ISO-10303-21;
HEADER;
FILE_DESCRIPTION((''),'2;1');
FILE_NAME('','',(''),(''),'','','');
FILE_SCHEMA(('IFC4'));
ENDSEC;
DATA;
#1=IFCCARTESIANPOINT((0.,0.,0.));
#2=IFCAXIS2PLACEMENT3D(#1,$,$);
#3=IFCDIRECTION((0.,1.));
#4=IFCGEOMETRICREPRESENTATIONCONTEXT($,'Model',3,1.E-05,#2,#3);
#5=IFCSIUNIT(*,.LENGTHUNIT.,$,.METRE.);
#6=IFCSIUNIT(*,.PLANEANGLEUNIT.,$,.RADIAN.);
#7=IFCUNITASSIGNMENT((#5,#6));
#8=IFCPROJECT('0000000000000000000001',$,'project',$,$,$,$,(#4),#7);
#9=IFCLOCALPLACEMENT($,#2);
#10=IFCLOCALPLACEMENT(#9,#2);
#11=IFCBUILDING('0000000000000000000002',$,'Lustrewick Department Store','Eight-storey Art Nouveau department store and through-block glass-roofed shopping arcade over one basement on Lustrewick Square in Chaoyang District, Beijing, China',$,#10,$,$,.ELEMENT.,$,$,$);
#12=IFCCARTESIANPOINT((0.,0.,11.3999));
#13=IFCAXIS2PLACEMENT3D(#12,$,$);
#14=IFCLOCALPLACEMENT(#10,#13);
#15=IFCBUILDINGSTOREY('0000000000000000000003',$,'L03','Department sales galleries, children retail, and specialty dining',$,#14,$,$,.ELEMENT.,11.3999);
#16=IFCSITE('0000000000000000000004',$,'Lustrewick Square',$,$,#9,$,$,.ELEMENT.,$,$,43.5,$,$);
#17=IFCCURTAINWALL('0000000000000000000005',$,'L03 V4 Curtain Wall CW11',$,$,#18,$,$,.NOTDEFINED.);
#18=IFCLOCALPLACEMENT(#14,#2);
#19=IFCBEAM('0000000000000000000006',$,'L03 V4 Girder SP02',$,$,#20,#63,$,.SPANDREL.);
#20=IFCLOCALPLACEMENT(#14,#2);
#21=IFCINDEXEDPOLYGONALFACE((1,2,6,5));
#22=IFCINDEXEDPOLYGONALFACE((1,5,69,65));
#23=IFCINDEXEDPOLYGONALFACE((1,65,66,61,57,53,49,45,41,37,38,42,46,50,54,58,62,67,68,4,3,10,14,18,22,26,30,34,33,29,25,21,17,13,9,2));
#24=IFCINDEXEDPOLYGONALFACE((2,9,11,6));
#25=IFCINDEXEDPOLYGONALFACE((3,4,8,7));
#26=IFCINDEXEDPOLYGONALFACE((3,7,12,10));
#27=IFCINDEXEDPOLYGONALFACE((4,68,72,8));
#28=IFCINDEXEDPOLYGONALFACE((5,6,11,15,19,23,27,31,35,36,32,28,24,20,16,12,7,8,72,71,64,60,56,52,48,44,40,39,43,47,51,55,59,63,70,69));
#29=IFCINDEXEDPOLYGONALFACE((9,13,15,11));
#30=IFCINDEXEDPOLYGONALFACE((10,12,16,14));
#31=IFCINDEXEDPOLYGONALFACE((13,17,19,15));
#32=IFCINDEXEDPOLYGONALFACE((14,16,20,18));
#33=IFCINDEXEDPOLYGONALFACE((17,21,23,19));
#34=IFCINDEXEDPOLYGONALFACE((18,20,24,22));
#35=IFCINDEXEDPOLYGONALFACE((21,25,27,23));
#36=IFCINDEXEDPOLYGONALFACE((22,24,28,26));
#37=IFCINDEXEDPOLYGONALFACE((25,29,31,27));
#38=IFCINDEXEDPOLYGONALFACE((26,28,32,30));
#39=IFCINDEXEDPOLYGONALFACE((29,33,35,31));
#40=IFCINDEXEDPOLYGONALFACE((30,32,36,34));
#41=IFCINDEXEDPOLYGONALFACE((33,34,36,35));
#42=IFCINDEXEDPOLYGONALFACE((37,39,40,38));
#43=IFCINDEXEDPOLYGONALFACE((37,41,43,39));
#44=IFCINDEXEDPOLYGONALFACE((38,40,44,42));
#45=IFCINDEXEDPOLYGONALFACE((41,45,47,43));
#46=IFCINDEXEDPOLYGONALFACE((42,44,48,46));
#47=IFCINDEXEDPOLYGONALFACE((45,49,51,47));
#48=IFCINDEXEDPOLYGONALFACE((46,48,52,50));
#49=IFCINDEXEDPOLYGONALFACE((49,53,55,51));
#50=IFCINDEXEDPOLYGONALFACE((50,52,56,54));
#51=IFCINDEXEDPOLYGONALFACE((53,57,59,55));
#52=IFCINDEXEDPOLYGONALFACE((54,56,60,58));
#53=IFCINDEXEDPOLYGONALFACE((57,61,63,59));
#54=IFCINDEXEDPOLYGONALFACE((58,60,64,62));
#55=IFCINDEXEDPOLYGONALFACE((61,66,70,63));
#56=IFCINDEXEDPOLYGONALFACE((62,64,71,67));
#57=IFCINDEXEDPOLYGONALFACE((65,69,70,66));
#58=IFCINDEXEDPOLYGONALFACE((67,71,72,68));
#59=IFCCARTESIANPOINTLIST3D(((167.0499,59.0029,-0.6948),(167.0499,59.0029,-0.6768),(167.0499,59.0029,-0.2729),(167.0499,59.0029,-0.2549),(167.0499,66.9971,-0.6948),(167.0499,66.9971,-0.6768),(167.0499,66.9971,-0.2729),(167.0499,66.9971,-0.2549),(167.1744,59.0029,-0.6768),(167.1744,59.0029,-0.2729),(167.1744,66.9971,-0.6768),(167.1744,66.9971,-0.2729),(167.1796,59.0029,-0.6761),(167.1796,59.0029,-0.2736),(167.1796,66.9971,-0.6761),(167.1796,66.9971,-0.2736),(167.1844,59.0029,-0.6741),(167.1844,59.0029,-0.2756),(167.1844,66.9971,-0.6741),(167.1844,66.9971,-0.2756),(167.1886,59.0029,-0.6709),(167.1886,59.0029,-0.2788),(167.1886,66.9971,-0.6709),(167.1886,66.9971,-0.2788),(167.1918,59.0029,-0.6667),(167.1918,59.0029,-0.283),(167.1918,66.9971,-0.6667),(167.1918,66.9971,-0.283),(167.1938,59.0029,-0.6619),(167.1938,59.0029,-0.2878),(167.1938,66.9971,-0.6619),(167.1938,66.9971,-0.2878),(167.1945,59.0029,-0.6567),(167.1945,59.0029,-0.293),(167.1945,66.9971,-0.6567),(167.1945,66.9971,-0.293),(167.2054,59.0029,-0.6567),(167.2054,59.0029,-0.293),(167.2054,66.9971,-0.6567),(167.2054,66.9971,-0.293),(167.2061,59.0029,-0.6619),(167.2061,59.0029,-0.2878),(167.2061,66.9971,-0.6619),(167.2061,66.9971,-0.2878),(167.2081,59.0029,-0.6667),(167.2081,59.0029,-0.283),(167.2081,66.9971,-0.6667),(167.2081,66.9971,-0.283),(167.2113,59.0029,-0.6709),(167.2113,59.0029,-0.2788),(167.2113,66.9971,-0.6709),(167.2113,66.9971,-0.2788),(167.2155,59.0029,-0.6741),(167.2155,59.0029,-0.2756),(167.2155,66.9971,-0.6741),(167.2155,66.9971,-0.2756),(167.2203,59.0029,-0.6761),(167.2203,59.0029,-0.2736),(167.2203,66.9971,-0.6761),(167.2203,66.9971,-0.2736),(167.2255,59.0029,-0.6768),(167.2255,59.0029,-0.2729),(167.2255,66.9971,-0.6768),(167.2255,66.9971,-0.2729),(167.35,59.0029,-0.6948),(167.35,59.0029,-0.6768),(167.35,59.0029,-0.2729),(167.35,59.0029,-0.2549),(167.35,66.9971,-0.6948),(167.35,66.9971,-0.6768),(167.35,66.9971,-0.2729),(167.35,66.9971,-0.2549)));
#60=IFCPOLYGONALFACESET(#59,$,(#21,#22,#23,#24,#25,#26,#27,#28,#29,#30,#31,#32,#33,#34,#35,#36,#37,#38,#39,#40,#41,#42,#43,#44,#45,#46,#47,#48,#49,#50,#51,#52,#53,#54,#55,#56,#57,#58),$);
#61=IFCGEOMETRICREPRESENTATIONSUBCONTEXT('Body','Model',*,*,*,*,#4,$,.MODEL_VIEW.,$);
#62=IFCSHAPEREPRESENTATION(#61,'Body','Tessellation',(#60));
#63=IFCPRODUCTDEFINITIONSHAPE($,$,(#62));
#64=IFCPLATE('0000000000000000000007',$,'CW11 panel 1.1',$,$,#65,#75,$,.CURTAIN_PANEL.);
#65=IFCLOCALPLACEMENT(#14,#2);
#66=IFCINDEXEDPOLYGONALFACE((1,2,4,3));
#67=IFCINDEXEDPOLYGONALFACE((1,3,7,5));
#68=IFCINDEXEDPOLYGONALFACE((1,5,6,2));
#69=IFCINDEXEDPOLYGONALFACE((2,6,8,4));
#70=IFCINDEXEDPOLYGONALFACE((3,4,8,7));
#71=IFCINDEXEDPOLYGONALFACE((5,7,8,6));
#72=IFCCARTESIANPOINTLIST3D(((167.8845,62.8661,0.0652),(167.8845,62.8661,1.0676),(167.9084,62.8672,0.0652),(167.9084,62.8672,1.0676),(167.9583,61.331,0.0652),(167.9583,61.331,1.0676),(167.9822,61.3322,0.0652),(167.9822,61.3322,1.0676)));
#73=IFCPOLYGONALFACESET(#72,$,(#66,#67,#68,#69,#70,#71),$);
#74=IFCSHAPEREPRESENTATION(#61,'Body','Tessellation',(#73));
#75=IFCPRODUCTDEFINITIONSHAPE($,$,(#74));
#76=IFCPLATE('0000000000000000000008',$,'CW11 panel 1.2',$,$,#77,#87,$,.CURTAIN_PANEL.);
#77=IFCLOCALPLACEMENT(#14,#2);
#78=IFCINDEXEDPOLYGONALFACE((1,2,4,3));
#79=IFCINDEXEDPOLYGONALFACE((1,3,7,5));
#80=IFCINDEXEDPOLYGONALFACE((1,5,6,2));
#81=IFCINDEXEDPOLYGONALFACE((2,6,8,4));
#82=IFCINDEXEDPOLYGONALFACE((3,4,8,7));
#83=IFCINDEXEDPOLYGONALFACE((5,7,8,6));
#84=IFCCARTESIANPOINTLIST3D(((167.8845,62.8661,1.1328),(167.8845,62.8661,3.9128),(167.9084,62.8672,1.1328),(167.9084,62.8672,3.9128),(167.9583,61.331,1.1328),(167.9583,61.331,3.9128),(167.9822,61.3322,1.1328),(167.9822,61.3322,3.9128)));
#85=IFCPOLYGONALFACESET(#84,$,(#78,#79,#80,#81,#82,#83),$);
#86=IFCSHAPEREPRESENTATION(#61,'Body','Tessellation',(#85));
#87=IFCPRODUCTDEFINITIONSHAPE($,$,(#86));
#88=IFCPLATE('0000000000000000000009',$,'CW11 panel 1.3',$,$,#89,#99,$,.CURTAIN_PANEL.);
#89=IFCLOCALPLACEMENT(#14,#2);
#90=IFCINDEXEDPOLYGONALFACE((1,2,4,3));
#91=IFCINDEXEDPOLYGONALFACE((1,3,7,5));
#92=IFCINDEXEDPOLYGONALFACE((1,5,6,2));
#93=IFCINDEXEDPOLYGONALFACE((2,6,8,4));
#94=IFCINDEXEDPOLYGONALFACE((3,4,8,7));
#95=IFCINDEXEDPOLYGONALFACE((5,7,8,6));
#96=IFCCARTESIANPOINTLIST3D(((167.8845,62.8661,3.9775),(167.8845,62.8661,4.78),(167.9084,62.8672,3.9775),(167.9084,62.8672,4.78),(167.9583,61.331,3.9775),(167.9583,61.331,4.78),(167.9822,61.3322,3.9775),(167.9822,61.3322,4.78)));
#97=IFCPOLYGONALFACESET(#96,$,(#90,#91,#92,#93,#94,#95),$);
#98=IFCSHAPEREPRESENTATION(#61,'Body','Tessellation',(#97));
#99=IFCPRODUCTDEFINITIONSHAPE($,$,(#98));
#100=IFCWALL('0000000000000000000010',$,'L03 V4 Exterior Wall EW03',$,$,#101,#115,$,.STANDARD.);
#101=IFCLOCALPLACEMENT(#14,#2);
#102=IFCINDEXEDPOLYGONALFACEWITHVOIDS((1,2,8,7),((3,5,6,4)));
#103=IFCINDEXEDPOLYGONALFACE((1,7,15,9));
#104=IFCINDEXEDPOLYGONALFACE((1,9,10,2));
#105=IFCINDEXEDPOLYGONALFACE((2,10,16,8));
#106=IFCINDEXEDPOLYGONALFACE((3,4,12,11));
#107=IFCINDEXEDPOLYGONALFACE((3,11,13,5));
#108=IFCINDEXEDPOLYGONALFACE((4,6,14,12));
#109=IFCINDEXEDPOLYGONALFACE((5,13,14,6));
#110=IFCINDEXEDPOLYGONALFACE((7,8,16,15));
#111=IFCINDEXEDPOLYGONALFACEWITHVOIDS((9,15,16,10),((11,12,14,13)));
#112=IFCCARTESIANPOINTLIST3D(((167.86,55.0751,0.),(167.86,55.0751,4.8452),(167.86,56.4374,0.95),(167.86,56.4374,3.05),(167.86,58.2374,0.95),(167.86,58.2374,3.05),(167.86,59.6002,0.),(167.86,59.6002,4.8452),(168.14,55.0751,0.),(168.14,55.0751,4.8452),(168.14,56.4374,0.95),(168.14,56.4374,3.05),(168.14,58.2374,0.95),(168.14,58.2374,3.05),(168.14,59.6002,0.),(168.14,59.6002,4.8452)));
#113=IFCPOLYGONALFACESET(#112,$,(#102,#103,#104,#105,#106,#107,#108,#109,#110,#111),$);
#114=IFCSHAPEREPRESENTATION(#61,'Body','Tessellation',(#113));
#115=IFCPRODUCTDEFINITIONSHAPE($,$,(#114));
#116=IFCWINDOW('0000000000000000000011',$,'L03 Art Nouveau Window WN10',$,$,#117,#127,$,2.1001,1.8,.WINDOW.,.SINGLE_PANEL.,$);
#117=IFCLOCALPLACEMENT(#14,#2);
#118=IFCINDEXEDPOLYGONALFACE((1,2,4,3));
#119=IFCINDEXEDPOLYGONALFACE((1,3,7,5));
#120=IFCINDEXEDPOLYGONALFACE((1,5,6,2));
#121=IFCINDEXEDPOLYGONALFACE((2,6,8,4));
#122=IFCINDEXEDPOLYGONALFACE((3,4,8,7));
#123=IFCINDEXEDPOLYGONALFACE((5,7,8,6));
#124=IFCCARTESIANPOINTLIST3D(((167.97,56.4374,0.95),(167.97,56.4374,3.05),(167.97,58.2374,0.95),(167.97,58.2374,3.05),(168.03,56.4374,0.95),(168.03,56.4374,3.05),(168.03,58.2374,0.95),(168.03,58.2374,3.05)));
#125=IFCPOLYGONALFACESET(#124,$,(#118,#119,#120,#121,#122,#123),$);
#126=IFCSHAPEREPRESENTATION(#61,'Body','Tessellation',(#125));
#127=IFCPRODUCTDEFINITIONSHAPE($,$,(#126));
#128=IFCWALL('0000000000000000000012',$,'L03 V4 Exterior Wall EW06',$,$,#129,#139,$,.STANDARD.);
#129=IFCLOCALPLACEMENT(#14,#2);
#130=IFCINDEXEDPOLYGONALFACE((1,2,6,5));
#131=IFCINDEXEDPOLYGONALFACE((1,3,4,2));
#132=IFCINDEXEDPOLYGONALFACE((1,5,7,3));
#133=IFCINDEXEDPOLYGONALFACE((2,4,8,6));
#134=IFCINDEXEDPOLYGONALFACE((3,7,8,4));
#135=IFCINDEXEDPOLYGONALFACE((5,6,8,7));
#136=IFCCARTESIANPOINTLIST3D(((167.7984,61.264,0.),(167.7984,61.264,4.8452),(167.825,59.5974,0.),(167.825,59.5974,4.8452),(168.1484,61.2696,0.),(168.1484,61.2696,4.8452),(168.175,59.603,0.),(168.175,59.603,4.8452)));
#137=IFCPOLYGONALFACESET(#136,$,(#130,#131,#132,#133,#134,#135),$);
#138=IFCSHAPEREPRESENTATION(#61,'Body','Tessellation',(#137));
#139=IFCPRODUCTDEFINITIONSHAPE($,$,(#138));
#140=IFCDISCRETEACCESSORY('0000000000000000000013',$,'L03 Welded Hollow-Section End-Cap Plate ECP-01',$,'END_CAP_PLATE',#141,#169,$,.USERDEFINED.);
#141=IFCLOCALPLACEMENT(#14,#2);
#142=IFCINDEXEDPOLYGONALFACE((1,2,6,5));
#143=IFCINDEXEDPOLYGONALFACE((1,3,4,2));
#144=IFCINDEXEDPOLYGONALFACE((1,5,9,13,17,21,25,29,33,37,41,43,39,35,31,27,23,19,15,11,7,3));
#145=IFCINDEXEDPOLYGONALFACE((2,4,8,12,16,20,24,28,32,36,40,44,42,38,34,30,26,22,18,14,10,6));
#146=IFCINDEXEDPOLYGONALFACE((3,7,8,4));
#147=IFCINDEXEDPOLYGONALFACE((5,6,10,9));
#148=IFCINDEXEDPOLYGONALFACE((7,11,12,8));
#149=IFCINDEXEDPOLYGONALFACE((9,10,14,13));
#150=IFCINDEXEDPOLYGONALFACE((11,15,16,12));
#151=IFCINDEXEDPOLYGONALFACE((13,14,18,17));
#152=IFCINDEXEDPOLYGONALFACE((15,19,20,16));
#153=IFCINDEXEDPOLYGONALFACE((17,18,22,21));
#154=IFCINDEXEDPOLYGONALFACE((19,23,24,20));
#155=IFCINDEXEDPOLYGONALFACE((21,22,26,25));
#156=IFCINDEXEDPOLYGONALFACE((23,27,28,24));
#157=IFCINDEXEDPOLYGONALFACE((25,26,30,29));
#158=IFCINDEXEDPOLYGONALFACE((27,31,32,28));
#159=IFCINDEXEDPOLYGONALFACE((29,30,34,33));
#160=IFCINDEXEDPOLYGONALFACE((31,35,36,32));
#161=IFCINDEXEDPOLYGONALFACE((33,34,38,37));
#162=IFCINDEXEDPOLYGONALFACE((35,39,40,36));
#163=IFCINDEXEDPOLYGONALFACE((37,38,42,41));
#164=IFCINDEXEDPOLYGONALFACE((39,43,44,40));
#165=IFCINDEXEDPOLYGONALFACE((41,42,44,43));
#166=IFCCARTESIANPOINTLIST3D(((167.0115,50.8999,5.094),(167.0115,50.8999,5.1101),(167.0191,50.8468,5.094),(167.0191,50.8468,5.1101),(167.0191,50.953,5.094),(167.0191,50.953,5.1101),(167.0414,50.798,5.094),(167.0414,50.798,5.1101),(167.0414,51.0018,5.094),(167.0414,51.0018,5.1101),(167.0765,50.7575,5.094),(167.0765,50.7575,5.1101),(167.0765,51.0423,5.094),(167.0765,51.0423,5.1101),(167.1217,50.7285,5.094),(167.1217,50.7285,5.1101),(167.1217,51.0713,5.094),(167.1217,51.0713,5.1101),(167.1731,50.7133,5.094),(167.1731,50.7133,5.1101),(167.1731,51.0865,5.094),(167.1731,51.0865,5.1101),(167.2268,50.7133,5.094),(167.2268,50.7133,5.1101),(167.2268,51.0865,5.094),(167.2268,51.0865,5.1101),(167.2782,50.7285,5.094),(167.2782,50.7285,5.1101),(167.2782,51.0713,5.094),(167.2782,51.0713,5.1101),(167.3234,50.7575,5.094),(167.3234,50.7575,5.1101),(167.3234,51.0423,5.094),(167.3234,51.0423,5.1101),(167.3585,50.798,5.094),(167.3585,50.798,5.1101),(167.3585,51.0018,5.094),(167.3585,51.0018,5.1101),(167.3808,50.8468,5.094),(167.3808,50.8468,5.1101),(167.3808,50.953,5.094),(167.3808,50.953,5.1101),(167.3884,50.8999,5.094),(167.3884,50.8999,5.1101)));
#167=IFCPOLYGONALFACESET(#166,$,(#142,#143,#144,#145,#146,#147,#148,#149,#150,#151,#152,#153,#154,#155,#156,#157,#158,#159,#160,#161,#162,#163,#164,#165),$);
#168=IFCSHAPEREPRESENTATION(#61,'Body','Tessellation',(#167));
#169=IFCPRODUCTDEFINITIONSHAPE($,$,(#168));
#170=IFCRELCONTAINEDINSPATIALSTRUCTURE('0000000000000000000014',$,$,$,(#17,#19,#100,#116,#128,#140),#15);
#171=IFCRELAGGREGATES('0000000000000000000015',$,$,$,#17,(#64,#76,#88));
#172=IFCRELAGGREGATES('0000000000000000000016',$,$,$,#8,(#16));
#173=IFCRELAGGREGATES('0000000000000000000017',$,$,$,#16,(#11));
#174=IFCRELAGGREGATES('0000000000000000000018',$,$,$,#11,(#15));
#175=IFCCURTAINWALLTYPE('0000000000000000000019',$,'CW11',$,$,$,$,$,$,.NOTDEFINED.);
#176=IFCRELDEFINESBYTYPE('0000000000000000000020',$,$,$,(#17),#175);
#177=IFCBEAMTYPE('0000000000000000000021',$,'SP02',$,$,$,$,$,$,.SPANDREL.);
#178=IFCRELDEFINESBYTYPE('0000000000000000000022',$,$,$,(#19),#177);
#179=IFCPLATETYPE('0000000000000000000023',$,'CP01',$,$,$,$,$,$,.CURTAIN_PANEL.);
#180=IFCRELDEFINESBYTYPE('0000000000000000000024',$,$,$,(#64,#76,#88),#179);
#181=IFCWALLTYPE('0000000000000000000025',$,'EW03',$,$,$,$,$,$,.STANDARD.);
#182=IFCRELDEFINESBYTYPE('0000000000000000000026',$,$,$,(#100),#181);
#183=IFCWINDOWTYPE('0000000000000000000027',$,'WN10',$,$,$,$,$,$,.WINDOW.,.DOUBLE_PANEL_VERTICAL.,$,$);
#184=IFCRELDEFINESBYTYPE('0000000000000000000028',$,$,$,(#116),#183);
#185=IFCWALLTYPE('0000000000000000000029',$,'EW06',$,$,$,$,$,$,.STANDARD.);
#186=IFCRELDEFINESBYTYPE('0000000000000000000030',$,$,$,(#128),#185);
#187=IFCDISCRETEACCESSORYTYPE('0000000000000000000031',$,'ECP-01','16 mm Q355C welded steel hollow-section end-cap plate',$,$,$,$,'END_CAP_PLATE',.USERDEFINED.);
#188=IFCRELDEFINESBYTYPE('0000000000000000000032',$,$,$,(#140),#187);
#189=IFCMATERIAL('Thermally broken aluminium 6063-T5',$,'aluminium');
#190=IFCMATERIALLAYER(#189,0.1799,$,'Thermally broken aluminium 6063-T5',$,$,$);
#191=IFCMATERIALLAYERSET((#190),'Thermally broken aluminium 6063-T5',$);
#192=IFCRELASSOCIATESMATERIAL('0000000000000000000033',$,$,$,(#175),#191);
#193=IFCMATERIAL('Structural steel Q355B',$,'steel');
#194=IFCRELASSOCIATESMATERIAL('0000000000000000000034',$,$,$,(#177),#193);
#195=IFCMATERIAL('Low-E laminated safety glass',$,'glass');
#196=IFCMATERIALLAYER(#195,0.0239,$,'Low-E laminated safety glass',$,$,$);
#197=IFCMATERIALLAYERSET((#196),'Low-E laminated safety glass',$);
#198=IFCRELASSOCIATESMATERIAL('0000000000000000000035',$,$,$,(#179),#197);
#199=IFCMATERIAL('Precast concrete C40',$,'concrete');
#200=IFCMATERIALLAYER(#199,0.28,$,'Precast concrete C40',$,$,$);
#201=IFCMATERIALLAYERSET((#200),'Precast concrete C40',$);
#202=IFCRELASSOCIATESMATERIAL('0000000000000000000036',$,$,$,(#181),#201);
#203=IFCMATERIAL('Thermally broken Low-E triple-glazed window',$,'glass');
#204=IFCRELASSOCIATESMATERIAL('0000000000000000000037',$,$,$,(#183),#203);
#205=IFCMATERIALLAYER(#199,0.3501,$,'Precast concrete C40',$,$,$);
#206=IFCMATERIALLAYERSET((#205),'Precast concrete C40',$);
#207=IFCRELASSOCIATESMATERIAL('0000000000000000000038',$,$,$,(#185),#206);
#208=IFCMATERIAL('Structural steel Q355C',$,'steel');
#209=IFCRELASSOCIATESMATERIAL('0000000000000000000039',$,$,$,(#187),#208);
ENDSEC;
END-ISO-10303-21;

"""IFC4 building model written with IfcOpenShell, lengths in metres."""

from ifc_helpers import new_model, si_unit, direction, frame, frame_2d, origin, origin_2d, place, context, subcontext, project, spatial, rectangle, circle, i_section, extrude, material, layer, layer_set, material_profile, profile_set, type_object, element, fill, aggregate, save


model = new_model("IFC4")

# Units and contexts
model_context = context("Model", 3, precision=1e-05, world=origin(), true_north=direction((0.0, 1.0)))
body_context = subcontext(model_context, "Body", "Model", "MODEL_VIEW")
ifc_project = project(units=[si_unit("LENGTHUNIT", "METRE"), si_unit("PLANEANGLEUNIT", "RADIAN")], contexts=[model_context])

# Site, building, storey
site_placement = place(None, origin())
site = spatial("IfcSite", under=ifc_project, at=site_placement, Name="Lustrewick Square", CompositionType="ELEMENT", RefElevation=43.5)
building_placement = place(site_placement, origin())
building = spatial("IfcBuilding", under=site, at=building_placement, Name="Lustrewick Department Store", Description="Eight-storey Art Nouveau department store and through-block glass-roofed shopping arcade over one basement on Lustrewick Square in Chaoyang District, Beijing, China", CompositionType="ELEMENT")
storey_placement = place(building_placement, frame((0.0, 0.0, 11.3999)))
storey = spatial("IfcBuildingStorey", under=building, at=storey_placement, Name="L03", Description="Department sales galleries, children retail, and specialty dining", CompositionType="ELEMENT", Elevation=11.3999)

# Shared definitions
ifc_material_1 = material(Name="Structural steel Q355B", Category="steel")
ifc_material_2 = material(Name="Structural steel Q355C", Category="steel")

# Curtain wall
ifc_material_3 = material(Name="Thermally broken aluminium 6063-T5", Category="aluminium")
ifc_layer_1 = layer(ifc_material_3, 0.1799, Name="Thermally broken aluminium 6063-T5")
ifc_layer_set_1 = layer_set([ifc_layer_1], Name="Thermally broken aluminium 6063-T5")
curtain_wall_type = type_object("IfcCurtainWallType", Name="CW11", PredefinedType="NOTDEFINED", material=ifc_layer_set_1)
curtain_wall_placement = place(storey_placement, origin())
curtain_wall = element("IfcCurtainWall", 1, at=curtain_wall_placement, inside=storey, type_object=curtain_wall_type, Name="L03 V4 Curtain Wall CW11", PredefinedType="NOTDEFINED")

# Beam
ifc_material_profile_1 = material_profile(ifc_material_1, i_section(OverallWidth=0.3, OverallDepth=0.4399, WebThickness=0.011, FlangeThickness=0.0181, FilletRadius=0.02, at=origin_2d()), Name="HM 440x300x11x18")
ifc_profile_set_1 = profile_set([ifc_material_profile_1], Name="Structural steel Q355B")
beam_type_1 = type_object("IfcBeamType", Name="SP02", PredefinedType="SPANDREL", material=ifc_profile_set_1)
beam_1_placement = place(storey_placement, frame((167.2, 59.0029, -0.4749), z_axis=(0.0, 1.0, 0.0), x_axis=(-1.0, 0.0, 0.0)))
element("IfcBeam", 2, at=beam_1_placement, inside=storey, type_object=beam_type_1, Name="L03 V4 Girder SP02", PredefinedType="SPANDREL", context=body_context, shape_type="SweptSolid", body=[
    extrude(i_section(OverallWidth=0.3, OverallDepth=0.4399, WebThickness=0.011, FlangeThickness=0.0181, FilletRadius=0.02, at=origin_2d()), origin(), (0.0, 0.0, 1.0), 7.9941),
])

# Plates
ifc_material_4 = material(Name="Low-E laminated safety glass", Category="glass")
ifc_layer_2 = layer(ifc_material_4, 0.0239, Name="Low-E laminated safety glass")
ifc_layer_set_2 = layer_set([ifc_layer_2], Name="Low-E laminated safety glass")
plate_type = type_object("IfcPlateType", Name="CP01", PredefinedType="CURTAIN_PANEL", material=ifc_layer_set_2)
plate_1_placement = place(storey_placement, frame((167.9333, 62.0991, 0.0652), z_axis=(0.0, 0.0, 1.0), x_axis=(-0.048053, 0.998845, 0.0)))
plate_1 = element("IfcPlate", 3, at=plate_1_placement, type_object=plate_type, Name="CW11 panel 1.1", PredefinedType="CURTAIN_PANEL", context=body_context, shape_type="SweptSolid", body=[
    extrude(rectangle(XDim=1.5369, YDim=0.0239, at=origin_2d()), origin(), (0.0, 0.0, 1.0), 1.0024),
])
plate_2_placement = place(storey_placement, frame((167.9333, 62.0991, 1.1328), z_axis=(0.0, 0.0, 1.0), x_axis=(-0.048053, 0.998845, 0.0)))
plate_2 = element("IfcPlate", 4, at=plate_2_placement, type_object=plate_type, Name="CW11 panel 1.2", PredefinedType="CURTAIN_PANEL", context=body_context, shape_type="SweptSolid", body=[
    extrude(rectangle(XDim=1.5369, YDim=0.0239, at=origin_2d()), origin(), (0.0, 0.0, 1.0), 2.78),
])
plate_3_placement = place(storey_placement, frame((167.9333, 62.0991, 3.9775), z_axis=(0.0, 0.0, 1.0), x_axis=(-0.048053, 0.998845, 0.0)))
plate_3 = element("IfcPlate", 5, at=plate_3_placement, type_object=plate_type, Name="CW11 panel 1.3", PredefinedType="CURTAIN_PANEL", context=body_context, shape_type="SweptSolid", body=[
    extrude(rectangle(XDim=1.5369, YDim=0.0239, at=origin_2d()), origin(), (0.0, 0.0, 1.0), 0.8025),
])
aggregate(curtain_wall, [plate_1, plate_2, plate_3])

# Wall, opening, window
ifc_material_5 = material(Name="Precast concrete C40", Category="concrete")
ifc_layer_3 = layer(ifc_material_5, 0.28, Name="Precast concrete C40")
ifc_layer_set_3 = layer_set([ifc_layer_3], Name="Precast concrete C40")
wall_type_1 = type_object("IfcWallType", Name="EW03", PredefinedType="STANDARD", material=ifc_layer_set_3)
wall_1_placement = place(storey_placement, frame((168.0, 55.075, 0.0), z_axis=(0.0, 0.0, 1.0), x_axis=(0.0, 1.0, 0.0)))
wall_1 = element("IfcWall", 6, at=wall_1_placement, inside=storey, type_object=wall_type_1, Name="L03 V4 Exterior Wall EW03", PredefinedType="STANDARD", context=body_context, shape_type="SweptSolid", body=[
    extrude(rectangle(XDim=4.5251, YDim=0.28, at=frame_2d((2.2627, 0.0))), origin(), (0.0, 0.0, 1.0), 4.8452),
])
opening_placement = place(wall_1_placement, frame((1.3625, 0.0, 0.95)))
opening = element("IfcOpeningElement", 7, at=opening_placement, cuts=wall_1, PredefinedType="OPENING", context=body_context, shape_type="SweptSolid", body=[
    extrude(rectangle(XDim=1.8, YDim=2.1001, at=frame_2d((0.8999, 1.05))), frame((0.0, 0.1499, 0.0), z_axis=(0.0, -1.0, 0.0), x_axis=(1.0, 0.0, 0.0)), (0.0, 0.0, 1.0), 0.3),
])
ifc_material_6 = material(Name="Thermally broken Low-E triple-glazed window", Category="glass")
window_type = type_object("IfcWindowType", Name="WN10", PartitioningType="DOUBLE_PANEL_VERTICAL", PredefinedType="WINDOW", material=ifc_material_6)
window_placement = place(opening_placement, origin())
window = element("IfcWindow", 8, at=window_placement, inside=storey, type_object=window_type, Name="L03 Art Nouveau Window WN10", OverallHeight=2.1001, OverallWidth=1.8, PartitioningType="SINGLE_PANEL", PredefinedType="WINDOW", context=body_context, shape_type="SweptSolid", body=[
    extrude(rectangle(XDim=1.8, YDim=2.1001, at=frame_2d((0.8999, 1.05))), frame((0.0, 0.03, 0.0), z_axis=(0.0, -1.0, 0.0), x_axis=(1.0, 0.0, 0.0)), (0.0, 0.0, 1.0), 0.0601),
])
fill(opening, window)

# Wall
ifc_layer_4 = layer(ifc_material_5, 0.3501, Name="Precast concrete C40")
ifc_layer_set_4 = layer_set([ifc_layer_4], Name="Precast concrete C40")
wall_type_2 = type_object("IfcWallType", Name="EW06", PredefinedType="STANDARD", material=ifc_layer_set_4)
wall_2_placement = place(storey_placement, frame((168.0, 59.6001, 0.0), z_axis=(0.0, 0.0, 1.0), x_axis=(-0.015966, 0.999873, 0.0)))
element("IfcWall", 9, at=wall_2_placement, inside=storey, type_object=wall_type_2, Name="L03 V4 Exterior Wall EW06", PredefinedType="STANDARD", context=body_context, shape_type="SweptSolid", body=[
    extrude(rectangle(XDim=1.6667, YDim=0.3501, at=frame_2d((0.8335, 0.0))), origin(), (0.0, 0.0, 1.0), 4.8452),
])

# Discrete accessory
discrete_accessory_type = type_object("IfcDiscreteAccessoryType", Name="ECP-01", Description="16 mm Q355C welded steel hollow-section end-cap plate", ElementType="END_CAP_PLATE", PredefinedType="USERDEFINED", material=ifc_material_2)
discrete_accessory_1_placement = place(storey_placement, frame((167.2, 50.8999, 5.094), z_axis=(0.0, 0.0, 1.0), x_axis=(1.0, 0.0, 0.0)))
element("IfcDiscreteAccessory", 10, at=discrete_accessory_1_placement, inside=storey, type_object=discrete_accessory_type, Name="L03 Welded Hollow-Section End-Cap Plate ECP-01", ObjectType="END_CAP_PLATE", PredefinedType="USERDEFINED", context=body_context, shape_type="SweptSolid", body=[
    extrude(circle(Radius=0.1885, at=origin_2d()), origin(), (0.0, 0.0, 1.0), 0.0161),
])

save(model, "model.ifc")
